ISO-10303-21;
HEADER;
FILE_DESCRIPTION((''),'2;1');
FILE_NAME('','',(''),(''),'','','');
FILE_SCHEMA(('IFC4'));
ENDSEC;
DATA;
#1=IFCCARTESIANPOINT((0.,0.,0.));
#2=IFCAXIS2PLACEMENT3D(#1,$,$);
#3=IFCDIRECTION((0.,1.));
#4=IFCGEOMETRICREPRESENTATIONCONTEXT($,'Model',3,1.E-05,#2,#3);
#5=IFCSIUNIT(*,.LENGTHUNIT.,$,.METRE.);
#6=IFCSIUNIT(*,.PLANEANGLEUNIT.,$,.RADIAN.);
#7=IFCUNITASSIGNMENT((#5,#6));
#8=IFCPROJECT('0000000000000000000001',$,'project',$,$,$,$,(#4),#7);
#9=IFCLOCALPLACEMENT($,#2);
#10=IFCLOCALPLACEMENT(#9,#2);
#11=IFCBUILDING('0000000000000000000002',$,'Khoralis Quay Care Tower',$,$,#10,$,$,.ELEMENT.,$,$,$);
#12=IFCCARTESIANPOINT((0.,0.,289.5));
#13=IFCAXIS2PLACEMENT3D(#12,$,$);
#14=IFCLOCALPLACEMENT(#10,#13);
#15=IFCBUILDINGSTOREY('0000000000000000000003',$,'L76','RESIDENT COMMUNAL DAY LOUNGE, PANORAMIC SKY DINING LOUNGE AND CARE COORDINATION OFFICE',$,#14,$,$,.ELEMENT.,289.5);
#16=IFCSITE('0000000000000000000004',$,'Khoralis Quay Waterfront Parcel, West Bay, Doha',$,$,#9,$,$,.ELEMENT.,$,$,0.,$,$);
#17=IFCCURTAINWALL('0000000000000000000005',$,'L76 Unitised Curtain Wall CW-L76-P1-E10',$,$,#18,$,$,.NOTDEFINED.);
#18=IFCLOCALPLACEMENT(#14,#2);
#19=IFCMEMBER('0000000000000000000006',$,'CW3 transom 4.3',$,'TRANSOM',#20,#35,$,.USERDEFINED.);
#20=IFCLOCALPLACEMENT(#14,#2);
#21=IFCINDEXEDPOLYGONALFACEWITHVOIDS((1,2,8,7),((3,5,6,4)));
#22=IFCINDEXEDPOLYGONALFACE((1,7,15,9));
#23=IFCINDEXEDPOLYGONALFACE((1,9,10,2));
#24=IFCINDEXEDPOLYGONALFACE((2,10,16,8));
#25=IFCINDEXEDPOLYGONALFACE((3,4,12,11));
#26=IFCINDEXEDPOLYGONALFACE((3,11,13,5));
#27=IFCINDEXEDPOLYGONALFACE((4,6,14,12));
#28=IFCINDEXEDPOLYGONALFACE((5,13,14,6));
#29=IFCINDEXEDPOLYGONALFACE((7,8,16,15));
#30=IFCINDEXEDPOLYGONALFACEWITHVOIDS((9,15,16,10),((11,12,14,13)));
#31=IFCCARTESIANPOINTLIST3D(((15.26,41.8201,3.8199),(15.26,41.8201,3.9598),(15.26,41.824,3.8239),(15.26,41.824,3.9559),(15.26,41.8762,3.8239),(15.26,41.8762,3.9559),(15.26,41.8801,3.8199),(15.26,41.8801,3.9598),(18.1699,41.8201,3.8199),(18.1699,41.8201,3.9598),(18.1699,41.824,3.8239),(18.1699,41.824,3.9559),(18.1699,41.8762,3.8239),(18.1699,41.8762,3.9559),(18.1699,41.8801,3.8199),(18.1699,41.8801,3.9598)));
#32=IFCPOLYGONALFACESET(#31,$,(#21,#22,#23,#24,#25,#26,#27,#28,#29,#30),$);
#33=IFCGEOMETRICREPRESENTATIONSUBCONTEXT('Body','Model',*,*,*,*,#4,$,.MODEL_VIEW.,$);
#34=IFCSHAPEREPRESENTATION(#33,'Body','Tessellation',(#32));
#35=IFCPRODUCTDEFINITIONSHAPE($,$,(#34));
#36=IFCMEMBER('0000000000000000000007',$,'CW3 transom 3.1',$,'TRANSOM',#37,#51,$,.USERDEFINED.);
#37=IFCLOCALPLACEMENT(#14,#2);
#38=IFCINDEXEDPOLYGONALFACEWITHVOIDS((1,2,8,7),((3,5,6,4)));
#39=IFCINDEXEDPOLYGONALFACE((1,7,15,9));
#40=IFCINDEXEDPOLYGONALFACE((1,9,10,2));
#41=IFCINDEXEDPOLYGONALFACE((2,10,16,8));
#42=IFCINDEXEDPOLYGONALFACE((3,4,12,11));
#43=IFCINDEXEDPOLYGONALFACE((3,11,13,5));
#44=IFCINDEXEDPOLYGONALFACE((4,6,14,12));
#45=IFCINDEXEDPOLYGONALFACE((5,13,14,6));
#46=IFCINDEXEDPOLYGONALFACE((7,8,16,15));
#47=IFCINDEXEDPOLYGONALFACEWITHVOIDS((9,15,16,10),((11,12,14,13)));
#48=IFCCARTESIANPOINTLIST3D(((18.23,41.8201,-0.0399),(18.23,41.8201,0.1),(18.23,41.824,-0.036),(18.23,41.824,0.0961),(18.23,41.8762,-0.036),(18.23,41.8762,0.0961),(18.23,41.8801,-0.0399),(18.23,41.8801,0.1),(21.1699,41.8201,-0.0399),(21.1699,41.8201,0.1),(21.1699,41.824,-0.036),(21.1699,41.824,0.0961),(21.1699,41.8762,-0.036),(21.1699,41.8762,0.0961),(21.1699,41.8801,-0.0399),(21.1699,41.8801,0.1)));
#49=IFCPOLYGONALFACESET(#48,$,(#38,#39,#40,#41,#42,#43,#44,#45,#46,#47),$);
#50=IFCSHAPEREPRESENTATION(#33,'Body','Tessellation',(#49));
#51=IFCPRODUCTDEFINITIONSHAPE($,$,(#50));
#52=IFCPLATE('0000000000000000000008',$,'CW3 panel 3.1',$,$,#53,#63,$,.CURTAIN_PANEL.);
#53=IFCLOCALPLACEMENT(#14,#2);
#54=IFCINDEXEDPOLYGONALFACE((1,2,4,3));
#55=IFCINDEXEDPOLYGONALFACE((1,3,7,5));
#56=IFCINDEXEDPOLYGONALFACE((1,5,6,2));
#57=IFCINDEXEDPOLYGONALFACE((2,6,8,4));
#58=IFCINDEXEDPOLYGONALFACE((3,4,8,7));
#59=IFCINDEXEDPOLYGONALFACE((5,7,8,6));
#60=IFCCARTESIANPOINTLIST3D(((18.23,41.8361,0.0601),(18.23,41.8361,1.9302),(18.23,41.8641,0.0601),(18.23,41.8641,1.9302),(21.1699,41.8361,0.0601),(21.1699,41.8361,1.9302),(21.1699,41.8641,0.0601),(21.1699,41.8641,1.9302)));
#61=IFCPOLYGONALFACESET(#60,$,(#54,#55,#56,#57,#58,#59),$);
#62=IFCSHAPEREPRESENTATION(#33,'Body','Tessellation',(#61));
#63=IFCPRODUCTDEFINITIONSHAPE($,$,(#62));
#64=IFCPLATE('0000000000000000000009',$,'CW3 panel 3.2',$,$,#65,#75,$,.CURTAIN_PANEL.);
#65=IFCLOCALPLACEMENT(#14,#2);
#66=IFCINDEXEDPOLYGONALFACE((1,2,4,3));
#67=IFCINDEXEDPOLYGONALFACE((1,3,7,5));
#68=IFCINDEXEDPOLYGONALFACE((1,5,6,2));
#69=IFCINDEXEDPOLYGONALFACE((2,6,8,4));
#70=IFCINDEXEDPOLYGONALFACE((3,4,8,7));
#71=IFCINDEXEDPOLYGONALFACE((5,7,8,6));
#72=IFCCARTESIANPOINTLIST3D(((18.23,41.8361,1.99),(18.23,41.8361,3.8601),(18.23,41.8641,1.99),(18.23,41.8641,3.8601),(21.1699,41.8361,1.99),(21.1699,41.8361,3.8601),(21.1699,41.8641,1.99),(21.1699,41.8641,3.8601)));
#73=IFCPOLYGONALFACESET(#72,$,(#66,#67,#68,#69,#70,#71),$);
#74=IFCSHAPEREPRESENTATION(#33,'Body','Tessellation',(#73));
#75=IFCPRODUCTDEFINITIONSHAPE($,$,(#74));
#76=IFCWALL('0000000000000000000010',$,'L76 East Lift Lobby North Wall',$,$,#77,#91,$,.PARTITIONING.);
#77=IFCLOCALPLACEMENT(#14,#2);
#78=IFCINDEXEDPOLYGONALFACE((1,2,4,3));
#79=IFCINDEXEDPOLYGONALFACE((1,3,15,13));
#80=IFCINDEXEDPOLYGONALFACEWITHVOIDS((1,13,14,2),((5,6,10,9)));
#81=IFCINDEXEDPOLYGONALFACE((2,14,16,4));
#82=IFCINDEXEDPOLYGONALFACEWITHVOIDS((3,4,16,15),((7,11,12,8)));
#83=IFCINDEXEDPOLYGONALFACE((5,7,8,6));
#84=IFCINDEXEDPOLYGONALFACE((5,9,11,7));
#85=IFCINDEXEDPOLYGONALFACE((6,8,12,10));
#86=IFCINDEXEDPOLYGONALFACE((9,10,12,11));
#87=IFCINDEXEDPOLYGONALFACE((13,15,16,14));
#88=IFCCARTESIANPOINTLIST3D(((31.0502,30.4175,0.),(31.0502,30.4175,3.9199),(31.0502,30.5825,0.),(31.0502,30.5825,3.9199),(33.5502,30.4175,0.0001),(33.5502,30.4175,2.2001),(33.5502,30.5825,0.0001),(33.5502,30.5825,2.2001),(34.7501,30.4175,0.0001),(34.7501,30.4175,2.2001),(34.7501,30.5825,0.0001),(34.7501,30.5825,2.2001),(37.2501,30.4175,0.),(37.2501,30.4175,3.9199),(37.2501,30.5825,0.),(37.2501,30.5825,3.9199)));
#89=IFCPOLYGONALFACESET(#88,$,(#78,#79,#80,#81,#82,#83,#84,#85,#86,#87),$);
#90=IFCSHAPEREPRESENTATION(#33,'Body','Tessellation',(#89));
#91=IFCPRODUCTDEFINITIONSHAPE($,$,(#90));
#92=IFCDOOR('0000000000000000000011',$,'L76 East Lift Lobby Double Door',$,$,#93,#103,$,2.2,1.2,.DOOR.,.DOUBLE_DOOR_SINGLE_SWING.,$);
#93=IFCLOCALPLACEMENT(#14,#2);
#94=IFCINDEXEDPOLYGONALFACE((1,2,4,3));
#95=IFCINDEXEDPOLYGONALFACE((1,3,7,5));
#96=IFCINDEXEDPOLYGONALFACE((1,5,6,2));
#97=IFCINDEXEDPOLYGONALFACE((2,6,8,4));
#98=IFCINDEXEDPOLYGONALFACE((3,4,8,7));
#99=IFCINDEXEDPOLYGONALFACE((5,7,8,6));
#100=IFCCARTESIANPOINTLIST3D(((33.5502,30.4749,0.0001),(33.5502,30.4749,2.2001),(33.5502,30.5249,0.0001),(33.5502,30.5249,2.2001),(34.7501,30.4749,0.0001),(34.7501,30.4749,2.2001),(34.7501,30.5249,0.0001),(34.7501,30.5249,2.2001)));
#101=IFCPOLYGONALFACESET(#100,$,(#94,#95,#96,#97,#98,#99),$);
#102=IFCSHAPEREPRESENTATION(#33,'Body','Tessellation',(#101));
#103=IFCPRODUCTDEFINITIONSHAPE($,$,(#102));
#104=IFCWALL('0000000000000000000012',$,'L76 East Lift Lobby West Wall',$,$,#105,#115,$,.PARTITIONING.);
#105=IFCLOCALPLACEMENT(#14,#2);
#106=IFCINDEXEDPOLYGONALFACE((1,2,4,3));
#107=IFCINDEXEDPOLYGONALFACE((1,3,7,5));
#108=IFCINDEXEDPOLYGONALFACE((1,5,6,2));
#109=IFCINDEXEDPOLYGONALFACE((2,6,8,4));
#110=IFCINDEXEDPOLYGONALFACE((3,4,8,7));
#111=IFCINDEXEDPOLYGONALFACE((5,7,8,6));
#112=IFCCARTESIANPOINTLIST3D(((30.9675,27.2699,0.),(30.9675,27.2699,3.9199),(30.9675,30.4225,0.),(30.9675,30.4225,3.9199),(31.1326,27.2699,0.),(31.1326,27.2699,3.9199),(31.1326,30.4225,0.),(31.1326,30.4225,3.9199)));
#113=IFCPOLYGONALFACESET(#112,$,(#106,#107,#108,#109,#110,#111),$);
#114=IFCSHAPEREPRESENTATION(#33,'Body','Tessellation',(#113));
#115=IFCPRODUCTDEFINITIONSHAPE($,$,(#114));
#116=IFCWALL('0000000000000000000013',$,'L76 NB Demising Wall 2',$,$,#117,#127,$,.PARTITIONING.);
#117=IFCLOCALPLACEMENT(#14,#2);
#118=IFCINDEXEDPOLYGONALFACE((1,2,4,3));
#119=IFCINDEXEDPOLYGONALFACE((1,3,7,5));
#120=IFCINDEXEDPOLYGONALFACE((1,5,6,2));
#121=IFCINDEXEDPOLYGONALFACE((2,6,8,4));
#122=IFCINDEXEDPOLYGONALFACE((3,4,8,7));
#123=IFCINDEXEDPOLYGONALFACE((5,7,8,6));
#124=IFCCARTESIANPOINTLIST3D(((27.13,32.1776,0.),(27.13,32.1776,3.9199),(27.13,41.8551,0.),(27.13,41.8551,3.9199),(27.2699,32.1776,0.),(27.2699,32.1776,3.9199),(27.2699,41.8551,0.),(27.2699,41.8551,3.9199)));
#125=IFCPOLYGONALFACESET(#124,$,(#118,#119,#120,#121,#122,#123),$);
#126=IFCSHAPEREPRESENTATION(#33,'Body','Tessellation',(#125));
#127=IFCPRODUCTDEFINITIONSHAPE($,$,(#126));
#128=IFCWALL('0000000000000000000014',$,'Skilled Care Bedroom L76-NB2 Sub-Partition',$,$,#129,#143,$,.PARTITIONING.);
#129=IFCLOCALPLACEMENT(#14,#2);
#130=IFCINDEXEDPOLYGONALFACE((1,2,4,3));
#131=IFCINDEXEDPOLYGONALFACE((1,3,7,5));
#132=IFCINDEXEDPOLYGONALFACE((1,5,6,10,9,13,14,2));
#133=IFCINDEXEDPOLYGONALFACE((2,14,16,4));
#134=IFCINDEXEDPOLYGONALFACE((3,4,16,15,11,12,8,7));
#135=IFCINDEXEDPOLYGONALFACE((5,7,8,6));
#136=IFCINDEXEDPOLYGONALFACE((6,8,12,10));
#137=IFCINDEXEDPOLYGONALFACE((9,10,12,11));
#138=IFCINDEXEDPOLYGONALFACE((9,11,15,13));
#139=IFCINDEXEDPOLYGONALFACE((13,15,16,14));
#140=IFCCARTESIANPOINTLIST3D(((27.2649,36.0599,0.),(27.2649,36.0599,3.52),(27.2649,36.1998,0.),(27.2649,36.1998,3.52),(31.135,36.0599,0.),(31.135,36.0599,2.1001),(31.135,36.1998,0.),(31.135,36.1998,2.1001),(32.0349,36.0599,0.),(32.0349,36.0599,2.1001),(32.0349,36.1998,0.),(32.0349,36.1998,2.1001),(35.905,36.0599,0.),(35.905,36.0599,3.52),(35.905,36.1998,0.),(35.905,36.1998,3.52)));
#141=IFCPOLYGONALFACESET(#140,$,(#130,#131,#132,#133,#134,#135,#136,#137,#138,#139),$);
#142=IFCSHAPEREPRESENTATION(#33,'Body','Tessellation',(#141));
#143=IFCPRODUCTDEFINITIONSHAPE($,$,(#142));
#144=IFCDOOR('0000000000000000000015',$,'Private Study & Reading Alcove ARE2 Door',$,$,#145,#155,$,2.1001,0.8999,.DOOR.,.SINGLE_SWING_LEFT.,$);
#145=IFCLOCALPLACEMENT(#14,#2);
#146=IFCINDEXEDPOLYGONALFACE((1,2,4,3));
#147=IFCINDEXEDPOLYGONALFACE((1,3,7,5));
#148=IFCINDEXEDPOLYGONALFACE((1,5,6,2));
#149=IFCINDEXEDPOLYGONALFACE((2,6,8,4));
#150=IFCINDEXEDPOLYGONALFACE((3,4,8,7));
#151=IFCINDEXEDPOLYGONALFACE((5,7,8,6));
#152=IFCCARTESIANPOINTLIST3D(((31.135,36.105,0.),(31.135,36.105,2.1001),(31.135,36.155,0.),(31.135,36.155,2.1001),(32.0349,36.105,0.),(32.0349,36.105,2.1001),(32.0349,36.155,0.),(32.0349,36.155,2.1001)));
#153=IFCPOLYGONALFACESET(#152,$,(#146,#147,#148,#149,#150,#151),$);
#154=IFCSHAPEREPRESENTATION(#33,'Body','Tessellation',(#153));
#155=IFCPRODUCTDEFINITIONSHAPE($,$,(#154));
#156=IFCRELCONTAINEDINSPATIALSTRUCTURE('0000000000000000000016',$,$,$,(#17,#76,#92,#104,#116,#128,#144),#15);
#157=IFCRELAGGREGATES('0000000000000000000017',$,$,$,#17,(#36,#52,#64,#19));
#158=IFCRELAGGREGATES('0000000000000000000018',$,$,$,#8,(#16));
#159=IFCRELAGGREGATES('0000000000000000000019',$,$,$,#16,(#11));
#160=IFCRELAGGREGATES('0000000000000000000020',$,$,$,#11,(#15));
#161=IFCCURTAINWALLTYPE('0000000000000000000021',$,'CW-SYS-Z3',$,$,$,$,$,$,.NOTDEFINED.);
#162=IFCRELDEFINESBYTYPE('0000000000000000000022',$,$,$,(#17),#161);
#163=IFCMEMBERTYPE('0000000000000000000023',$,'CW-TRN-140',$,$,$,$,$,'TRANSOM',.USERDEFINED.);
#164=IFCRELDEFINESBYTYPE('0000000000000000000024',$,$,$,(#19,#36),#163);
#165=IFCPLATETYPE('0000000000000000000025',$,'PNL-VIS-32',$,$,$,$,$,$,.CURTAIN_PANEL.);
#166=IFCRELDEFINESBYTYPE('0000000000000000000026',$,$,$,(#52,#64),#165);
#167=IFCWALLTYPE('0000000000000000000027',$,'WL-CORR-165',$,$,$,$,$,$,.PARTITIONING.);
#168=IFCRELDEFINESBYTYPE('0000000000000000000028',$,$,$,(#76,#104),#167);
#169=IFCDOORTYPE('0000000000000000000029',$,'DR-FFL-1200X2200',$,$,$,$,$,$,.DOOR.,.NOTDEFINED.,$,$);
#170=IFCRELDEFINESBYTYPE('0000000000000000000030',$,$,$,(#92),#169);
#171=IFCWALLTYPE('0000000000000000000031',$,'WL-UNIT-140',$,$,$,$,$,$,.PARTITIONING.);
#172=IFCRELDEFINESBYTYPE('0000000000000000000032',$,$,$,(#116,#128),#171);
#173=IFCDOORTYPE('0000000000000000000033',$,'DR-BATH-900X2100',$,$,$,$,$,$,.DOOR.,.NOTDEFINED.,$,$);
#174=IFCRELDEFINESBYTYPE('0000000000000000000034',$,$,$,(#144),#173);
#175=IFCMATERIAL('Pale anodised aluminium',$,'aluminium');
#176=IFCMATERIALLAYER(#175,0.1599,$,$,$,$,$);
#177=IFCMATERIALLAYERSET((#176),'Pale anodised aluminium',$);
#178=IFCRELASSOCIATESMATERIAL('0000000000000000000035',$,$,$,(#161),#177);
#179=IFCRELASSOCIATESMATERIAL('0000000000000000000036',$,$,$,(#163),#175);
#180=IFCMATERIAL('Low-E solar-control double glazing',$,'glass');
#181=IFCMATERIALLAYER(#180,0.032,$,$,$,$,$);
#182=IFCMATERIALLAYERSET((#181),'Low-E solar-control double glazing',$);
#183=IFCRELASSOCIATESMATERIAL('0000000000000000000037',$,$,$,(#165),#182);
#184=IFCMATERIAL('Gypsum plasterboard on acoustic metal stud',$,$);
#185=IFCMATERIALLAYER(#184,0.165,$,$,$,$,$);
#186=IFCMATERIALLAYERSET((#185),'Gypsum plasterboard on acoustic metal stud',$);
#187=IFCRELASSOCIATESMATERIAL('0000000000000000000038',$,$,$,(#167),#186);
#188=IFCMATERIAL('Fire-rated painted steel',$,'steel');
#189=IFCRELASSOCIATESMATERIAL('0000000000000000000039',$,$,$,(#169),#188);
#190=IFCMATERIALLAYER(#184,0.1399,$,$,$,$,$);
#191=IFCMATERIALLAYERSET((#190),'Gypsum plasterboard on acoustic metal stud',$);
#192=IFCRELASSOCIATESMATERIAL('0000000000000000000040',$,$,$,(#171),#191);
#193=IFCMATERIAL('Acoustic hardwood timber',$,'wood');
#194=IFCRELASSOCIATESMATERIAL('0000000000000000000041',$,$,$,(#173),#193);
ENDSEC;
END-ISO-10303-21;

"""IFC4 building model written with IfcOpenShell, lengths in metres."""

from ifc_helpers import new_model, si_unit, direction, frame, frame_2d, origin, origin_2d, place, context, subcontext, project, spatial, rectangle, hollow_rectangle, extrude, source, transform, mapped, material, layer, layer_set, material_profile, profile_set, type_object, element, fill, aggregate, save


model = new_model("IFC4")

# Units and contexts
model_context = context("Model", 3, precision=1e-05, world=origin(), true_north=direction((0.0, 1.0)))
body_context = subcontext(model_context, "Body", "Model", "MODEL_VIEW")
ifc_project = project(units=[si_unit("LENGTHUNIT", "METRE"), si_unit("PLANEANGLEUNIT", "RADIAN")], contexts=[model_context])

# Site, building, storey
site_placement = place(None, origin())
site = spatial("IfcSite", under=ifc_project, at=site_placement, Name="Khoralis Quay Waterfront Parcel, West Bay, Doha", CompositionType="ELEMENT", RefElevation=0.0)
building_placement = place(site_placement, origin())
building = spatial("IfcBuilding", under=site, at=building_placement, Name="Khoralis Quay Care Tower", CompositionType="ELEMENT")
storey_placement = place(building_placement, frame((0.0, 0.0, 289.5)))
storey = spatial("IfcBuildingStorey", under=building, at=storey_placement, Name="L76", Description="RESIDENT COMMUNAL DAY LOUNGE, PANORAMIC SKY DINING LOUNGE AND CARE COORDINATION OFFICE", CompositionType="ELEMENT", Elevation=289.5)

# Curtain wall, members, plates
ifc_material_1 = material(Name="Pale anodised aluminium", Category="aluminium")
ifc_layer_1 = layer(ifc_material_1, 0.1599)
ifc_layer_set_1 = layer_set([ifc_layer_1], Name="Pale anodised aluminium")
curtain_wall_type = type_object("IfcCurtainWallType", Name="CW-SYS-Z3", PredefinedType="NOTDEFINED", material=ifc_layer_set_1)
curtain_wall_placement = place(storey_placement, origin())
curtain_wall = element("IfcCurtainWall", 1, at=curtain_wall_placement, inside=storey, type_object=curtain_wall_type, Name="L76 Unitised Curtain Wall CW-L76-P1-E10", PredefinedType="NOTDEFINED")
ifc_material_profile_1 = material_profile(ifc_material_1, hollow_rectangle(XDim=0.0601, YDim=0.1399, WallThickness=0.0039, at=origin_2d()), Name="Pale anodised aluminium")
ifc_profile_set_1 = profile_set([ifc_material_profile_1], Name="Pale anodised aluminium")
member_type_1 = type_object("IfcMemberType", Name="CW-TRN-140", ElementType="TRANSOM", PredefinedType="USERDEFINED", material=ifc_profile_set_1)
shared_shape_1 = source(origin(), body_context, "Body", "SweptSolid", [
    extrude(hollow_rectangle(XDim=0.0601, YDim=0.1399, WallThickness=0.0039, at=origin_2d()), origin(), (0.0, 0.0, 1.0), 2.9099),
])
member_1_placement = place(storey_placement, frame((18.1699, 41.8501, 3.8899), z_axis=(-1.0, 0.0, 0.0), x_axis=(0.0, -1.0, 0.0)))
member_1 = element("IfcMember", 2, at=member_1_placement, type_object=member_type_1, Name="CW3 transom 4.3", ObjectType="TRANSOM", PredefinedType="USERDEFINED", context=body_context, shape_type="MappedRepresentation", body=[
    mapped(shared_shape_1, transform((0.0, 0.0, 0.0), scale=1.0)),
])
shared_shape_2 = source(origin(), body_context, "Body", "SweptSolid", [
    extrude(hollow_rectangle(XDim=0.0601, YDim=0.1399, WallThickness=0.0039, at=origin_2d()), origin(), (0.0, 0.0, 1.0), 2.9399),
])
member_2_placement = place(storey_placement, frame((21.1699, 41.8501, 0.03), z_axis=(-1.0, 0.0, 0.0), x_axis=(0.0, -1.0, 0.0)))
member_2 = element("IfcMember", 3, at=member_2_placement, type_object=member_type_1, Name="CW3 transom 3.1", ObjectType="TRANSOM", PredefinedType="USERDEFINED", context=body_context, shape_type="MappedRepresentation", body=[
    mapped(shared_shape_2, transform((0.0, 0.0, 0.0), scale=1.0)),
])
ifc_material_2 = material(Name="Low-E solar-control double glazing", Category="glass")
ifc_layer_2 = layer(ifc_material_2, 0.032)
ifc_layer_set_2 = layer_set([ifc_layer_2], Name="Low-E solar-control double glazing")
plate_type = type_object("IfcPlateType", Name="PNL-VIS-32", PredefinedType="CURTAIN_PANEL", material=ifc_layer_set_2)
shared_shape_3 = source(origin(), body_context, "Body", "SweptSolid", [
    extrude(rectangle(XDim=2.9399, YDim=0.0281, at=origin_2d()), origin(), (0.0, 0.0, 1.0), 1.8701),
])
plate_1_placement = place(storey_placement, frame((19.7, 41.8501, 0.0601), z_axis=(0.0, 0.0, 1.0), x_axis=(-1.0, 0.0, 0.0)))
plate_1 = element("IfcPlate", 4, at=plate_1_placement, type_object=plate_type, Name="CW3 panel 3.1", PredefinedType="CURTAIN_PANEL", context=body_context, shape_type="MappedRepresentation", body=[
    mapped(shared_shape_3, transform((0.0, 0.0, 0.0), scale=1.0)),
])
plate_2_placement = place(storey_placement, frame((19.7, 41.8501, 1.99), z_axis=(0.0, 0.0, 1.0), x_axis=(-1.0, 0.0, 0.0)))
plate_2 = element("IfcPlate", 5, at=plate_2_placement, type_object=plate_type, Name="CW3 panel 3.2", PredefinedType="CURTAIN_PANEL", context=body_context, shape_type="MappedRepresentation", body=[
    mapped(shared_shape_3, transform((0.0, 0.0, 0.0), scale=1.0)),
])
aggregate(curtain_wall, [member_2, plate_1, plate_2, member_1])

# Wall, opening, door
ifc_material_3 = material(Name="Gypsum plasterboard on acoustic metal stud")
ifc_layer_3 = layer(ifc_material_3, 0.165)
ifc_layer_set_3 = layer_set([ifc_layer_3], Name="Gypsum plasterboard on acoustic metal stud")
wall_type_1 = type_object("IfcWallType", Name="WL-CORR-165", PredefinedType="PARTITIONING", material=ifc_layer_set_3)
wall_1_placement = place(storey_placement, frame((31.05, 30.5, 0.0), z_axis=(0.0, 0.0, 1.0), x_axis=(1.0, 0.0, 0.0)))
wall_1 = element("IfcWall", 6, at=wall_1_placement, inside=storey, type_object=wall_type_1, Name="L76 East Lift Lobby North Wall", PredefinedType="PARTITIONING", context=body_context, shape_type="SweptSolid", body=[
    extrude(rectangle(XDim=6.2, YDim=0.165, at=frame_2d((3.1001, 0.0))), origin(), (0.0, 0.0, 1.0), 3.9199),
])
opening_1_placement = place(wall_1_placement, frame((2.5, 0.0, 0.0)))
opening_1 = element("IfcOpeningElement", 7, at=opening_1_placement, cuts=wall_1, PredefinedType="OPENING", context=body_context, shape_type="SweptSolid", body=[
    extrude(rectangle(XDim=1.2, YDim=2.2, at=frame_2d((0.6001, 1.1001))), frame((0.0, 0.0925, 0.0), z_axis=(0.0, -1.0, 0.0), x_axis=(1.0, 0.0, 0.0)), (0.0, 0.0, 1.0), 0.1851),
])
ifc_material_4 = material(Name="Fire-rated painted steel", Category="steel")
door_type_1 = type_object("IfcDoorType", Name="DR-FFL-1200X2200", OperationType="NOTDEFINED", PredefinedType="DOOR", material=ifc_material_4)
shared_shape_4 = source(origin(), body_context, "Body", "SweptSolid", [
    extrude(rectangle(XDim=1.2, YDim=2.2, at=frame_2d((0.6001, 1.1001))), frame((0.0, 0.0249, 0.0), z_axis=(0.0, -1.0, 0.0), x_axis=(1.0, 0.0, 0.0)), (0.0, 0.0, 1.0), 0.05),
])
door_1_placement = place(opening_1_placement, origin())
door_1 = element("IfcDoor", 8, at=door_1_placement, inside=storey, type_object=door_type_1, Name="L76 East Lift Lobby Double Door", OperationType="DOUBLE_DOOR_SINGLE_SWING", OverallHeight=2.2, OverallWidth=1.2, PredefinedType="DOOR", context=body_context, shape_type="MappedRepresentation", body=[
    mapped(shared_shape_4, transform((0.0, 0.0, 0.0), scale=1.0)),
])
fill(opening_1, door_1)

# Walls
wall_2_placement = place(storey_placement, frame((31.05, 27.27, 0.0), z_axis=(0.0, 0.0, 1.0), x_axis=(0.0, 1.0, 0.0)))
element("IfcWall", 9, at=wall_2_placement, inside=storey, type_object=wall_type_1, Name="L76 East Lift Lobby West Wall", PredefinedType="PARTITIONING", context=body_context, shape_type="SweptSolid", body=[
    extrude(rectangle(XDim=3.1526, YDim=0.165, at=frame_2d((1.5762, 0.0))), origin(), (0.0, 0.0, 1.0), 3.9199),
])
ifc_layer_4 = layer(ifc_material_3, 0.1399)
ifc_layer_set_4 = layer_set([ifc_layer_4], Name="Gypsum plasterboard on acoustic metal stud")
wall_type_2 = type_object("IfcWallType", Name="WL-UNIT-140", PredefinedType="PARTITIONING", material=ifc_layer_set_4)
wall_3_placement = place(storey_placement, frame((27.2, 32.1775, 0.0), z_axis=(0.0, 0.0, 1.0), x_axis=(0.0, 1.0, 0.0)))
element("IfcWall", 10, at=wall_3_placement, inside=storey, type_object=wall_type_2, Name="L76 NB Demising Wall 2", PredefinedType="PARTITIONING", context=body_context, shape_type="SweptSolid", body=[
    extrude(rectangle(XDim=9.6775, YDim=0.1399, at=frame_2d((4.8389, 0.0))), origin(), (0.0, 0.0, 1.0), 3.9199),
])

# Wall, opening, door
wall_4_placement = place(storey_placement, frame((27.2649, 36.1299, 0.0), z_axis=(0.0, 0.0, 1.0), x_axis=(1.0, 0.0, 0.0)))
wall_4 = element("IfcWall", 11, at=wall_4_placement, inside=storey, type_object=wall_type_2, Name="Skilled Care Bedroom L76-NB2 Sub-Partition", PredefinedType="PARTITIONING", context=body_context, shape_type="SweptSolid", body=[
    extrude(rectangle(XDim=8.6401, YDim=0.1399, at=frame_2d((4.3201, 0.0))), origin(), (0.0, 0.0, 1.0), 3.52),
])
opening_2_placement = place(wall_4_placement, frame((3.8701, 0.0, 0.0)))
opening_2 = element("IfcOpeningElement", 12, at=opening_2_placement, cuts=wall_4, PredefinedType="OPENING", context=body_context, shape_type="SweptSolid", body=[
    extrude(rectangle(XDim=0.8999, YDim=2.1001, at=frame_2d((0.45, 1.05))), frame((0.0, 0.0801, 0.0), z_axis=(0.0, -1.0, 0.0), x_axis=(1.0, 0.0, 0.0)), (0.0, 0.0, 1.0), 0.1599),
])
ifc_material_5 = material(Name="Acoustic hardwood timber", Category="wood")
door_type_2 = type_object("IfcDoorType", Name="DR-BATH-900X2100", OperationType="NOTDEFINED", PredefinedType="DOOR", material=ifc_material_5)
shared_shape_5 = source(origin(), body_context, "Body", "SweptSolid", [
    extrude(rectangle(XDim=0.8999, YDim=2.1001, at=frame_2d((0.45, 1.05))), frame((0.0, 0.0249, 0.0), z_axis=(0.0, -1.0, 0.0), x_axis=(1.0, 0.0, 0.0)), (0.0, 0.0, 1.0), 0.05),
])
door_2_placement = place(opening_2_placement, frame((0.8999, 0.0, 0.0), z_axis=(0.0, 0.0, 1.0), x_axis=(-1.0, 0.0, 0.0)))
door_2 = element("IfcDoor", 13, at=door_2_placement, inside=storey, type_object=door_type_2, Name="Private Study & Reading Alcove ARE2 Door", OperationType="SINGLE_SWING_LEFT", OverallHeight=2.1001, OverallWidth=0.8999, PredefinedType="DOOR", context=body_context, shape_type="MappedRepresentation", body=[
    mapped(shared_shape_5, transform((0.0, 0.0, 0.0), scale=1.0)),
])
fill(opening_2, door_2)

save(model, "model.ifc")
